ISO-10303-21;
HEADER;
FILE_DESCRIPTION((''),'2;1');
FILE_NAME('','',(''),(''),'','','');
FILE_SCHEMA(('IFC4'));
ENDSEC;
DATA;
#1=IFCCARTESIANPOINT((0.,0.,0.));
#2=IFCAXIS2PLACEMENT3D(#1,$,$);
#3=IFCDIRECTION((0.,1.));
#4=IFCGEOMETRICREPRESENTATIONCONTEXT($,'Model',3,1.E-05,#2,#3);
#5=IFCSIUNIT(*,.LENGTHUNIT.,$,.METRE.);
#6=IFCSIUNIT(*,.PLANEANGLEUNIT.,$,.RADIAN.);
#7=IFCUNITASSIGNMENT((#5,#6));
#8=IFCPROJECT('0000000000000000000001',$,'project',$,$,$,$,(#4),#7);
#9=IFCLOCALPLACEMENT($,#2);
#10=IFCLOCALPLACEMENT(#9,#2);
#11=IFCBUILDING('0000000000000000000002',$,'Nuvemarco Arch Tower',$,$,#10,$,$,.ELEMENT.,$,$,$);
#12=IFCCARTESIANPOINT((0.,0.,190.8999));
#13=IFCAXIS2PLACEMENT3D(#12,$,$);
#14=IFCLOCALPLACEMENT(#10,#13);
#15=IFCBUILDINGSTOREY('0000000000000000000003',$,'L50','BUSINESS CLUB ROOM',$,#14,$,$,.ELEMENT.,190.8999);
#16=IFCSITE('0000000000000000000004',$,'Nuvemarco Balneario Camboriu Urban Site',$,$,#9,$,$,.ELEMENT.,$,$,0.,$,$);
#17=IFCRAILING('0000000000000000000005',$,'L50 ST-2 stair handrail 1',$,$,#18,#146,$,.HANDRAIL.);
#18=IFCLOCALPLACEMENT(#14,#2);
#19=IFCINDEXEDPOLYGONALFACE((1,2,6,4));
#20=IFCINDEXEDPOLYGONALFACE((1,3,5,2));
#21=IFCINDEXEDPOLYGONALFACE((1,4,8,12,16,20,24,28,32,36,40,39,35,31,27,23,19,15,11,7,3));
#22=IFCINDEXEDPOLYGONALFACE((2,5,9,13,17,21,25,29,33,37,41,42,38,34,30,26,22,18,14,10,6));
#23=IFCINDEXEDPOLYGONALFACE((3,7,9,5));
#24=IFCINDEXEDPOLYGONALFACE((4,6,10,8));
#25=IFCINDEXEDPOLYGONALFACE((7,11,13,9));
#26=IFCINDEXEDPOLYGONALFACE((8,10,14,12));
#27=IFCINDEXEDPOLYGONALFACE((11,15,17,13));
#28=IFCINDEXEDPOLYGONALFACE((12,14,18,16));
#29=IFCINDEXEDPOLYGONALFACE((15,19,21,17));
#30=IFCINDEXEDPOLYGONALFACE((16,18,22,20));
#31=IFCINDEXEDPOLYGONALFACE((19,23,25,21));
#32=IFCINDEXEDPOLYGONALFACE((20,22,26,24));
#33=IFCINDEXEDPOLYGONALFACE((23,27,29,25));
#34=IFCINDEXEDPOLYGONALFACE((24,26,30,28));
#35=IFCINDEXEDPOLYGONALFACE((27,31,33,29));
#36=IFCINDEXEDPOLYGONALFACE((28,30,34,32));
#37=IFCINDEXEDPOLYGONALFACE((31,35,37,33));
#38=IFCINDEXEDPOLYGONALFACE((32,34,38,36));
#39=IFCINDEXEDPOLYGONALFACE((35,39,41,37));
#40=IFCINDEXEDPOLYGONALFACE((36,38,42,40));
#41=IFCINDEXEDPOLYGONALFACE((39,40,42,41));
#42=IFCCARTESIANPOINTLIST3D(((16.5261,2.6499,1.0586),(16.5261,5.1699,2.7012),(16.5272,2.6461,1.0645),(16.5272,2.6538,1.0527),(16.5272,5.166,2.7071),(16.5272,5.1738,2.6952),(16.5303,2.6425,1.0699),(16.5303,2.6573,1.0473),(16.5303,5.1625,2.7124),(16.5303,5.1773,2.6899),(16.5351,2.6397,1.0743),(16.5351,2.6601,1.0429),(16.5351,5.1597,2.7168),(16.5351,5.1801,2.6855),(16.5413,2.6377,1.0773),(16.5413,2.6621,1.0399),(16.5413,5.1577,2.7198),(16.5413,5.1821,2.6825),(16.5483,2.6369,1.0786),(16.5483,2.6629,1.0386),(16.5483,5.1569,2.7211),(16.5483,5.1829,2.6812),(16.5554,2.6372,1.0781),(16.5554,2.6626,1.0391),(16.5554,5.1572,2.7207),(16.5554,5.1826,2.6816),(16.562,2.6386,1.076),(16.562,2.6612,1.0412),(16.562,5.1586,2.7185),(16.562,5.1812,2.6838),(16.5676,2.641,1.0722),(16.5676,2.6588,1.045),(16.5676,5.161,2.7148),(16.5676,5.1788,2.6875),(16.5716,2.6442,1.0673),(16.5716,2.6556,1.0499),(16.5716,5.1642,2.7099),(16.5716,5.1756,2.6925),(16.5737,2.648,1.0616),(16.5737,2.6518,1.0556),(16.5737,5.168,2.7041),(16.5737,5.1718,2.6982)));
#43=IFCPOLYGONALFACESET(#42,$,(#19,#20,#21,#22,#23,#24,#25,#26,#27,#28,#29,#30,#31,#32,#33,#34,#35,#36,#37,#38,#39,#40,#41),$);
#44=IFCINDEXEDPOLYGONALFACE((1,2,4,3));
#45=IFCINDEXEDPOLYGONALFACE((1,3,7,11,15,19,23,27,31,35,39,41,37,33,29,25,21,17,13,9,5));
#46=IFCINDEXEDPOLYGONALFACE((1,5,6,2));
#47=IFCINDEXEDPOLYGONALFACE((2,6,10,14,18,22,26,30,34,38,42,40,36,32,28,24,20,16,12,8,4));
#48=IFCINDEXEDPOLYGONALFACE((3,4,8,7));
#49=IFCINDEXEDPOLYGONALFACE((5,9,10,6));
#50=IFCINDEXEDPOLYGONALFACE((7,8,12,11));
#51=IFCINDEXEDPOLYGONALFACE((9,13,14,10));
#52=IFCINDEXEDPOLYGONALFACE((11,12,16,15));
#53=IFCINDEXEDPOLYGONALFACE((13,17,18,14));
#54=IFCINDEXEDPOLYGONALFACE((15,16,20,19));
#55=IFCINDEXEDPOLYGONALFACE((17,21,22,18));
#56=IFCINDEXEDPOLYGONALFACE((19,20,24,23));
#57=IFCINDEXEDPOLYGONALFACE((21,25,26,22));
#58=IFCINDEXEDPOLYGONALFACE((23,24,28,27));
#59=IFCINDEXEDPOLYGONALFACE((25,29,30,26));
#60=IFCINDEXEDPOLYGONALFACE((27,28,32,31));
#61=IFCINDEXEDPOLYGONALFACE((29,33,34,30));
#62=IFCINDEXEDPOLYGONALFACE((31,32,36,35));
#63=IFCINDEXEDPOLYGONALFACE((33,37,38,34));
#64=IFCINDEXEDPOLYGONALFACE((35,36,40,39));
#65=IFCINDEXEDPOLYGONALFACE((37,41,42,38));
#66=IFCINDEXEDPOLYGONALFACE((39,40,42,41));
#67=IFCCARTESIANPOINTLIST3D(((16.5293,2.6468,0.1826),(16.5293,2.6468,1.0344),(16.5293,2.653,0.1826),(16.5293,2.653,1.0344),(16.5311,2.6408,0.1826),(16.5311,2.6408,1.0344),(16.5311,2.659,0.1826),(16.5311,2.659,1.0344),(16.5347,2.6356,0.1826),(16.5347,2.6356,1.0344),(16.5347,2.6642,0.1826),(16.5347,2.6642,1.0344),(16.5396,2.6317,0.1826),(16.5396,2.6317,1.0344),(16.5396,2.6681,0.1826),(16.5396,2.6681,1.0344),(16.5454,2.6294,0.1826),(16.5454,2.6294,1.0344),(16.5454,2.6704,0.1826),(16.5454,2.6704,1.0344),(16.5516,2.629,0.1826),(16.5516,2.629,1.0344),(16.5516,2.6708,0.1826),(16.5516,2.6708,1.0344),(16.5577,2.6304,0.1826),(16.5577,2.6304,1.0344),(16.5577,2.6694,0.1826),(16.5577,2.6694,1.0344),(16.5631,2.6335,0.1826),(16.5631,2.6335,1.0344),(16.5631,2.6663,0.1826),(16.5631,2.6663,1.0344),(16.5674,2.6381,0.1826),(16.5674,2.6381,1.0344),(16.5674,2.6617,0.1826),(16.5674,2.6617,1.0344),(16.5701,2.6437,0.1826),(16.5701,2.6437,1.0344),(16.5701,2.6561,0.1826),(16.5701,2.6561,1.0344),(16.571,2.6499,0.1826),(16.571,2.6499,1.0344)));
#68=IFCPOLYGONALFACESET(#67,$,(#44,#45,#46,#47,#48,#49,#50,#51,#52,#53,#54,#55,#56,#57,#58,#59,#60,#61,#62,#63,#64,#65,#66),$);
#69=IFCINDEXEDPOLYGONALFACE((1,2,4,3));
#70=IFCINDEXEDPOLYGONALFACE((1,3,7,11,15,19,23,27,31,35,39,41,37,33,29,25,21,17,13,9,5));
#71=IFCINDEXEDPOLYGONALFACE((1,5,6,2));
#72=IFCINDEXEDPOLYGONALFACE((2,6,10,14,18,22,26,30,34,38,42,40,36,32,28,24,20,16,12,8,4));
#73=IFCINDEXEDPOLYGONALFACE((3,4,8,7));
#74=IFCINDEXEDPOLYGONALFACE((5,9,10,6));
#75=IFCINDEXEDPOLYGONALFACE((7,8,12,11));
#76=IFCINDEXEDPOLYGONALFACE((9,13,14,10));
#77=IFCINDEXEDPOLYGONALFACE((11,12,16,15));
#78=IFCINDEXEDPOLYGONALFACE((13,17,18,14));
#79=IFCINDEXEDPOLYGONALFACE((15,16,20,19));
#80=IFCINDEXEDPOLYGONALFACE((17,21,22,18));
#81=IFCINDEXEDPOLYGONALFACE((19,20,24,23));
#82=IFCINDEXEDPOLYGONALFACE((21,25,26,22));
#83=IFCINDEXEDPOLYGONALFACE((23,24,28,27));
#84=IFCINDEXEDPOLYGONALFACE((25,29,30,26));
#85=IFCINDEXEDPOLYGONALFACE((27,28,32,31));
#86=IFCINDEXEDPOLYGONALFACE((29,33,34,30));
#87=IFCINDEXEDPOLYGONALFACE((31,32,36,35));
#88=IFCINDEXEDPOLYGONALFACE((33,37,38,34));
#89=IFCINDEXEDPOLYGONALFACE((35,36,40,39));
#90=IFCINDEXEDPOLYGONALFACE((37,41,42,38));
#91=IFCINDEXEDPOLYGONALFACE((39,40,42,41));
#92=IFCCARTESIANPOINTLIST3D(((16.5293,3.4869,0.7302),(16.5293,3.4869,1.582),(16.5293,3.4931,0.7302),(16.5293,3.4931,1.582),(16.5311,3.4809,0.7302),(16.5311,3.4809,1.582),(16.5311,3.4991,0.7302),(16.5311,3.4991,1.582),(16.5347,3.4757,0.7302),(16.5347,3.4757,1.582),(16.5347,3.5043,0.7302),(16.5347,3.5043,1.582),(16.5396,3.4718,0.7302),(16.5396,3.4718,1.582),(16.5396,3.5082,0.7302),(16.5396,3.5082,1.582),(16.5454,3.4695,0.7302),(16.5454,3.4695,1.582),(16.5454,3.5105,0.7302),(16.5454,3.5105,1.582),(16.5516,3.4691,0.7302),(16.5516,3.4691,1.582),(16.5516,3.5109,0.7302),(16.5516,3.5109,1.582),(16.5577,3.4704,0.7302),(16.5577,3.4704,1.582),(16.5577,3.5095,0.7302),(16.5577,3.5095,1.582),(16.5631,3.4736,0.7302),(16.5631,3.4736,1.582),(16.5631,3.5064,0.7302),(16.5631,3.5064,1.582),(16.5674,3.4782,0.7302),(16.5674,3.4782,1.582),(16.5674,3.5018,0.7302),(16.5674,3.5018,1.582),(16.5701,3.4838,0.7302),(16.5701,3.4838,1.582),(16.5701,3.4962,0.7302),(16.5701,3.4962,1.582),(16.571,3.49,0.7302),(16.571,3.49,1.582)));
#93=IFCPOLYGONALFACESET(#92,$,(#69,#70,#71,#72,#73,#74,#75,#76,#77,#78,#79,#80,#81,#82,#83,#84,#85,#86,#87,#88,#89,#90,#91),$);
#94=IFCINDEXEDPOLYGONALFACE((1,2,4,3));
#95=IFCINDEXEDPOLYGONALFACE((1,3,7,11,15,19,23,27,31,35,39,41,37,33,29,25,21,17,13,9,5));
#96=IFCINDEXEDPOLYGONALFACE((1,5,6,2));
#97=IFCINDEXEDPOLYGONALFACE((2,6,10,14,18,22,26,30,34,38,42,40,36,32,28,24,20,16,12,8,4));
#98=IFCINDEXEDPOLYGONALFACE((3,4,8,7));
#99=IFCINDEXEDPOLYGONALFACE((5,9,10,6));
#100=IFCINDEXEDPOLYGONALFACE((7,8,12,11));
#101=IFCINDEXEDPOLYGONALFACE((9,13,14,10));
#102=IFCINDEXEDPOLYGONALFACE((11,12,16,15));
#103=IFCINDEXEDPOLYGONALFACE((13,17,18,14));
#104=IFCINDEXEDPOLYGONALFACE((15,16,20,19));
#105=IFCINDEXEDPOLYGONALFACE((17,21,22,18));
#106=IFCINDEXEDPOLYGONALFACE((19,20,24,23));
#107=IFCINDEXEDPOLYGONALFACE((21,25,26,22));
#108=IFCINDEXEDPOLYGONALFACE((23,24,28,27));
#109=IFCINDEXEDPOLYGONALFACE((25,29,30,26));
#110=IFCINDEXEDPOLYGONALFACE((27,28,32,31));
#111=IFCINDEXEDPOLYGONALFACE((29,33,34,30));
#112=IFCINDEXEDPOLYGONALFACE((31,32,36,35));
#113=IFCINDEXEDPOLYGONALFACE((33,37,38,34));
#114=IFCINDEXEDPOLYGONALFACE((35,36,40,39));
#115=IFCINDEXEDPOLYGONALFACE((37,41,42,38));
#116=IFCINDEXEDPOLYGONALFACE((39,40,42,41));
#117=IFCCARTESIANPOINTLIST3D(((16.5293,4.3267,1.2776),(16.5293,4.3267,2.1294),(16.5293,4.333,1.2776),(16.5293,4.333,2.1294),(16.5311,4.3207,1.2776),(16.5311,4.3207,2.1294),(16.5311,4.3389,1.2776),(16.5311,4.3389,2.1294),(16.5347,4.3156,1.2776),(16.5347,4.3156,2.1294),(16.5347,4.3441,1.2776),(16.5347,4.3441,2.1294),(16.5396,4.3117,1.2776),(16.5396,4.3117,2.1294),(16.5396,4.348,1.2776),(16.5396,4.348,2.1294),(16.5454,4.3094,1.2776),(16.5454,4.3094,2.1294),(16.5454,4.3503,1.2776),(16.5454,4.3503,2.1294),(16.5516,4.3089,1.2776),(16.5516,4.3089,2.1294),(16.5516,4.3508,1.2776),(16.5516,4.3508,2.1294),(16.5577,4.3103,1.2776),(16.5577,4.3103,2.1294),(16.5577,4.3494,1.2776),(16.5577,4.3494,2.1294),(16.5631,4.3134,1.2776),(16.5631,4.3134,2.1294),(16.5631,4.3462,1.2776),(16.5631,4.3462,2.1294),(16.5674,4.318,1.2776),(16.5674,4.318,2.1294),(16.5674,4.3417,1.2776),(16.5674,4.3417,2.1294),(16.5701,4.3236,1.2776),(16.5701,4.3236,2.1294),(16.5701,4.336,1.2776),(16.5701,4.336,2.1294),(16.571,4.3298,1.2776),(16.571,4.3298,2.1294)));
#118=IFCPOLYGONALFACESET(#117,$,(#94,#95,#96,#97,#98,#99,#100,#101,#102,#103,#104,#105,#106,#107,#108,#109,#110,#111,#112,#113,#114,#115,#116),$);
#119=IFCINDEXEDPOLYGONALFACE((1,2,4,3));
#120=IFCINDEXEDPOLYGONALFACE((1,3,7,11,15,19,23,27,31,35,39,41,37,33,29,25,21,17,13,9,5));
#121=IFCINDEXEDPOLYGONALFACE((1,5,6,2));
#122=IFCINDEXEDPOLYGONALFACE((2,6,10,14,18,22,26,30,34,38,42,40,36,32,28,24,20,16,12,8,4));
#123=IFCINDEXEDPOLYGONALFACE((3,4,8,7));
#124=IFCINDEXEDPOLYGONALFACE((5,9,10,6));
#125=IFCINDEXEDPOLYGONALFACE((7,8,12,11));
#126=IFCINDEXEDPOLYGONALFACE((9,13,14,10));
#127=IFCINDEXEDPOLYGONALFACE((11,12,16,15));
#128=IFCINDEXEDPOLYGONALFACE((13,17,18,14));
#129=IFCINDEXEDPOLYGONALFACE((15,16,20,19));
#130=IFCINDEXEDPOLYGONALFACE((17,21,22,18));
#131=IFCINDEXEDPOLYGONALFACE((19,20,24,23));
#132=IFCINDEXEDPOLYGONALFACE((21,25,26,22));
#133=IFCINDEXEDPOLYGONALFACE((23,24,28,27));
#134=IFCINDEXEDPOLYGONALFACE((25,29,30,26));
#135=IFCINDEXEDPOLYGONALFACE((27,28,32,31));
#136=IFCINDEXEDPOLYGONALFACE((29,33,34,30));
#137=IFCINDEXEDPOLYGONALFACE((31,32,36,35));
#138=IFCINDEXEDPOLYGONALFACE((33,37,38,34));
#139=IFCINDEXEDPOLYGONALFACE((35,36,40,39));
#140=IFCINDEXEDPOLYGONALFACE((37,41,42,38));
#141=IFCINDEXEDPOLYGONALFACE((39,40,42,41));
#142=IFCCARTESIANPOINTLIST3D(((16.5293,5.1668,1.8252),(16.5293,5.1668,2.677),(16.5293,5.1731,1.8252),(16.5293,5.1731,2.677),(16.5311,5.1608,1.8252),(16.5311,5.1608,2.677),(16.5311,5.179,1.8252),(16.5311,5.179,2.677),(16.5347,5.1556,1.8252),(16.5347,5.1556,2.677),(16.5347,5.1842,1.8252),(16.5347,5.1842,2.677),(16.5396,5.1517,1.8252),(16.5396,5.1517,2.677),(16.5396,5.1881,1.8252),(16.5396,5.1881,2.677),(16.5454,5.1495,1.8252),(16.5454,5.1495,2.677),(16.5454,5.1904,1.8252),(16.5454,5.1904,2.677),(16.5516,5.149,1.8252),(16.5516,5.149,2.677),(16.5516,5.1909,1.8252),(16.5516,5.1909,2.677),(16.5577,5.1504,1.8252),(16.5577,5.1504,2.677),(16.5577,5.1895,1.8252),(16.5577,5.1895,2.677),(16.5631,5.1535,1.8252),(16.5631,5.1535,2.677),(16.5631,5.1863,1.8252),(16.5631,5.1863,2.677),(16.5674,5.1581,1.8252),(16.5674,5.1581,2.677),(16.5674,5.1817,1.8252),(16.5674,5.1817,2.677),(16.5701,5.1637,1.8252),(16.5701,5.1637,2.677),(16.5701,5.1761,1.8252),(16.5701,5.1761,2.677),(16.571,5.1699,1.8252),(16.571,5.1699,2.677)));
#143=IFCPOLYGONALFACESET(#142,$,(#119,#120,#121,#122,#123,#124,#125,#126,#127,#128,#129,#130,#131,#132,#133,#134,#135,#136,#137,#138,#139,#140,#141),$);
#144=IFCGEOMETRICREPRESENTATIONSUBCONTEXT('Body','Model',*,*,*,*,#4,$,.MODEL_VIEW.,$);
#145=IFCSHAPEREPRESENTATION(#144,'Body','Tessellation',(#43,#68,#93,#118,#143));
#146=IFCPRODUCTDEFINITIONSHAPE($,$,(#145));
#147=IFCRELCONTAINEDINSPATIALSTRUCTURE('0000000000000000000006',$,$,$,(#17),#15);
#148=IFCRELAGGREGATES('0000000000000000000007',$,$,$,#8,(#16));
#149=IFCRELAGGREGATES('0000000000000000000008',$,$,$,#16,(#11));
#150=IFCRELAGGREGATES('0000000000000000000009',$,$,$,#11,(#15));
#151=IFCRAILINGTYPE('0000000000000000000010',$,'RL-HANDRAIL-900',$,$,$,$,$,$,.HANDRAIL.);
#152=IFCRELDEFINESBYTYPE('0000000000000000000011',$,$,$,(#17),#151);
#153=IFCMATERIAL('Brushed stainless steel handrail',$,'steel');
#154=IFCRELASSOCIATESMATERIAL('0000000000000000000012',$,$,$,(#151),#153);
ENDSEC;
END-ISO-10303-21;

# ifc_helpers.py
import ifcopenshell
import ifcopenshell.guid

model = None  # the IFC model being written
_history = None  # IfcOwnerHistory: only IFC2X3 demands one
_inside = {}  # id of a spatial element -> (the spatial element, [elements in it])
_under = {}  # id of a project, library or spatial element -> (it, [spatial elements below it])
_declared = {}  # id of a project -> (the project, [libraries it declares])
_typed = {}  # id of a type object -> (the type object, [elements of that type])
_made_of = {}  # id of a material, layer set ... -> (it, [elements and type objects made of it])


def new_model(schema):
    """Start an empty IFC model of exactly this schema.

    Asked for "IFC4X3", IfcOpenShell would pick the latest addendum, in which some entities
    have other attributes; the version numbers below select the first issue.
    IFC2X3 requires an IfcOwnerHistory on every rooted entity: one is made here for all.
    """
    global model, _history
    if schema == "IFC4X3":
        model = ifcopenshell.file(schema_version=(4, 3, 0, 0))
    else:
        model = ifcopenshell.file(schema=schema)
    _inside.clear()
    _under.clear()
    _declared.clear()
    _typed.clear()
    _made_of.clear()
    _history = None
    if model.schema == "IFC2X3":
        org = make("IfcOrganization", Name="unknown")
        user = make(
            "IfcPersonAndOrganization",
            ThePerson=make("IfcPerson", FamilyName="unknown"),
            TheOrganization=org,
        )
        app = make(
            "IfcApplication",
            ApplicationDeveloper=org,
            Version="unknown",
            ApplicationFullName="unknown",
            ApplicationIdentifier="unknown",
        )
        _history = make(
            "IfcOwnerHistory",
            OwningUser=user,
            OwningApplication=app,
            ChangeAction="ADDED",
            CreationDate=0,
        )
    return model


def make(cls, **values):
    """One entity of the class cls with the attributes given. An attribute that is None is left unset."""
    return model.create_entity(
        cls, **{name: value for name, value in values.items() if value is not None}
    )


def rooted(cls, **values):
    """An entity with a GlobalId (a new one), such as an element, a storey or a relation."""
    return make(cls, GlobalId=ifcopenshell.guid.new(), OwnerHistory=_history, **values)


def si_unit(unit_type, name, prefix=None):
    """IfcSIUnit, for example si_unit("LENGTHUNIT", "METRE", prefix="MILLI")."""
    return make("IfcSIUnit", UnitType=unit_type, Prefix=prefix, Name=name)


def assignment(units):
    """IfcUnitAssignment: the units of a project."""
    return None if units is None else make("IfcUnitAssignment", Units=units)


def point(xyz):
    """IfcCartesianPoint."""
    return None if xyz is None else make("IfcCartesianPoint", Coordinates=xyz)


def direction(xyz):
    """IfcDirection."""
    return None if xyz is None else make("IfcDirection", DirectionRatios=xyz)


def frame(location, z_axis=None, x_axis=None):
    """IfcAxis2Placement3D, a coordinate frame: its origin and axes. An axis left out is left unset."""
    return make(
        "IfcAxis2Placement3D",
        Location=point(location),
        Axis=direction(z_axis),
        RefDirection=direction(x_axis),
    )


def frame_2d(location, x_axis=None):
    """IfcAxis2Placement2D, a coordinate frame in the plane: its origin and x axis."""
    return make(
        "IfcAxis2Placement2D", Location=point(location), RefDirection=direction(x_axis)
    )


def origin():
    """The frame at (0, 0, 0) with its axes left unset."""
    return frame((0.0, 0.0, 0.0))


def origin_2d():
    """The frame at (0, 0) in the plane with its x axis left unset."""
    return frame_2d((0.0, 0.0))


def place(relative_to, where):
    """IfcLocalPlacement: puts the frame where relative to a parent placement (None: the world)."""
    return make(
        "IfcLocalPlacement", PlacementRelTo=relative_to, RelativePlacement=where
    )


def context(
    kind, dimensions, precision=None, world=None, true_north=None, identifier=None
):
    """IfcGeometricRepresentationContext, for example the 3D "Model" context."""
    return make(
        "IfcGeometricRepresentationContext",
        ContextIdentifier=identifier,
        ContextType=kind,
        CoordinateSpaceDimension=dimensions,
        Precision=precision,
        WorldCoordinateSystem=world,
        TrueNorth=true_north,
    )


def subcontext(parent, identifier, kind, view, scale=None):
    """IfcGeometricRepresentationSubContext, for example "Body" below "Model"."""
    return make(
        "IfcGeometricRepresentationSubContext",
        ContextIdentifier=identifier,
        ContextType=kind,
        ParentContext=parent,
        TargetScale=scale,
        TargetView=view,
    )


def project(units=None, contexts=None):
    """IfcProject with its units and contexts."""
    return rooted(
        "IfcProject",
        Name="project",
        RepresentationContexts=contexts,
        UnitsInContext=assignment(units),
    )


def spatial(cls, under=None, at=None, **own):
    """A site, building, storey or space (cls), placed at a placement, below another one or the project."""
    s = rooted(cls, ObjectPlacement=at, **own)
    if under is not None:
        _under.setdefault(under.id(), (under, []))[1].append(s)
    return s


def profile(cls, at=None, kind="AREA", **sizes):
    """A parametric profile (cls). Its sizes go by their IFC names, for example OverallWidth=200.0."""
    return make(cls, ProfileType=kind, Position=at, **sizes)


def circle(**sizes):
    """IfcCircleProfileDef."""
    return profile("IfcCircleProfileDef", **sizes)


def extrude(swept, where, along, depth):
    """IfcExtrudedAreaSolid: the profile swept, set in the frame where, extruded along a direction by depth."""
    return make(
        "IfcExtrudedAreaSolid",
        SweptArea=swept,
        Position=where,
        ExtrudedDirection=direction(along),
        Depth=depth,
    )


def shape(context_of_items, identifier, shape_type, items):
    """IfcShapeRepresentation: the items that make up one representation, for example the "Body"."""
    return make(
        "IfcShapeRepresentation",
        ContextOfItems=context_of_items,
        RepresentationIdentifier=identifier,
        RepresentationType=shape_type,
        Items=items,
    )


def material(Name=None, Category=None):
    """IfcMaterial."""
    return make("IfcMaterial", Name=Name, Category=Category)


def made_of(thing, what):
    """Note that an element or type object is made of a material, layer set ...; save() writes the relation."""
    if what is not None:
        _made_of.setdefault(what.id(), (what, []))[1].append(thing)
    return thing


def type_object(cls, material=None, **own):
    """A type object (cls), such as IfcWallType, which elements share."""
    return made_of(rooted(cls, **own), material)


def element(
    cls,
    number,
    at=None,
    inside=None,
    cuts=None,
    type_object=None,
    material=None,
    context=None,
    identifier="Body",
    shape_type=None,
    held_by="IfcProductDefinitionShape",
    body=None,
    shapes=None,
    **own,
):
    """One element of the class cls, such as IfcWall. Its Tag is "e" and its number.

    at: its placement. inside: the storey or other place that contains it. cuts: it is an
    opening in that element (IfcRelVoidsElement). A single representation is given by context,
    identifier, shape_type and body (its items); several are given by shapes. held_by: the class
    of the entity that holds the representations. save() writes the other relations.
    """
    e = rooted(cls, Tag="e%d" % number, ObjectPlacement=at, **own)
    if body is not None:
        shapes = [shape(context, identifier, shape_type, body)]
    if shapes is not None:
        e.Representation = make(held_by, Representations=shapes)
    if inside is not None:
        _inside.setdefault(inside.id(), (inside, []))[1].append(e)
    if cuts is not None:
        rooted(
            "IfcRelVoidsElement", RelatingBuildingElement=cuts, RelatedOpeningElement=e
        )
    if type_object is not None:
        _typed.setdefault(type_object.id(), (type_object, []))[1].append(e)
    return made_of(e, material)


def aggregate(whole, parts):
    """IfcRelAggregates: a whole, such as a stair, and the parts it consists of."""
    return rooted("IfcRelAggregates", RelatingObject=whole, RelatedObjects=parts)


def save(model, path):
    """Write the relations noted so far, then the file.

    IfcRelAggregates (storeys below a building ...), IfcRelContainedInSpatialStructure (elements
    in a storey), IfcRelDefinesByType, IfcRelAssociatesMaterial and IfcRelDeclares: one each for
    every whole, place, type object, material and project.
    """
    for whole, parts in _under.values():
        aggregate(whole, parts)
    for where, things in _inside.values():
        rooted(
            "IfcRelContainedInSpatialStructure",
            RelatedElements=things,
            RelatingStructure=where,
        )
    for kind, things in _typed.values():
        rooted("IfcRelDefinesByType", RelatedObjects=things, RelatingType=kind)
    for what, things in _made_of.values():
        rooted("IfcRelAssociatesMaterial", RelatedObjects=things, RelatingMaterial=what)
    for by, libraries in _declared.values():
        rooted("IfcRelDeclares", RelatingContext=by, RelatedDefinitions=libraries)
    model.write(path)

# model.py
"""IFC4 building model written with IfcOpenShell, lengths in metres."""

from ifc_helpers import new_model, si_unit, direction, frame, origin, origin_2d, place, context, subcontext, project, spatial, circle, extrude, material, type_object, element, save


model = new_model("IFC4")

# Units and contexts
model_context = context("Model", 3, precision=1e-05, world=origin(), true_north=direction((0.0, 1.0)))
body_context = subcontext(model_context, "Body", "Model", "MODEL_VIEW")
ifc_project = project(units=[si_unit("LENGTHUNIT", "METRE"), si_unit("PLANEANGLEUNIT", "RADIAN")], contexts=[model_context])

# Site, building, storey
site_placement = place(None, origin())
site = spatial("IfcSite", under=ifc_project, at=site_placement, Name="Nuvemarco Balneario Camboriu Urban Site", CompositionType="ELEMENT", RefElevation=0.0)
building_placement = place(site_placement, origin())
building = spatial("IfcBuilding", under=site, at=building_placement, Name="Nuvemarco Arch Tower", CompositionType="ELEMENT")
storey_placement = place(building_placement, frame((0.0, 0.0, 190.8999)))
storey = spatial("IfcBuildingStorey", under=building, at=storey_placement, Name="L50", Description="BUSINESS CLUB ROOM", CompositionType="ELEMENT", Elevation=190.8999)

# Railing
ifc_material_1 = material(Name="Brushed stainless steel handrail", Category="steel")
railing_type_1 = type_object("IfcRailingType", Name="RL-HANDRAIL-900", PredefinedType="HANDRAIL", material=ifc_material_1)
railing_1_placement = place(storey_placement, frame((16.55, 2.6499, 0.1826)))
element("IfcRailing", 1, at=railing_1_placement, inside=storey, type_object=railing_type_1, Name="L50 ST-2 stair handrail 1", PredefinedType="HANDRAIL", context=body_context, shape_type="SweptSolid", body=[
    extrude(circle(Radius=0.0239, at=origin_2d()), frame((0.0, 0.0, 0.876), z_axis=(0.0, 0.837749, 0.546055), x_axis=(-1.0, 0.0, 0.0)), (0.0, 0.0, 1.0), 3.0081),
    extrude(circle(Radius=0.021, at=origin_2d()), origin(), (0.0, 0.0, 1.0), 0.8518),
    extrude(circle(Radius=0.021, at=origin_2d()), frame((0.0, 0.8401, 0.5476)), (0.0, 0.0, 1.0), 0.8518),
    extrude(circle(Radius=0.021, at=origin_2d()), frame((0.0, 1.6799, 1.095)), (0.0, 0.0, 1.0), 0.8518),
    extrude(circle(Radius=0.021, at=origin_2d()), frame((0.0, 2.52, 1.6426)), (0.0, 0.0, 1.0), 0.8518),
])

save(model, "model.ifc")
